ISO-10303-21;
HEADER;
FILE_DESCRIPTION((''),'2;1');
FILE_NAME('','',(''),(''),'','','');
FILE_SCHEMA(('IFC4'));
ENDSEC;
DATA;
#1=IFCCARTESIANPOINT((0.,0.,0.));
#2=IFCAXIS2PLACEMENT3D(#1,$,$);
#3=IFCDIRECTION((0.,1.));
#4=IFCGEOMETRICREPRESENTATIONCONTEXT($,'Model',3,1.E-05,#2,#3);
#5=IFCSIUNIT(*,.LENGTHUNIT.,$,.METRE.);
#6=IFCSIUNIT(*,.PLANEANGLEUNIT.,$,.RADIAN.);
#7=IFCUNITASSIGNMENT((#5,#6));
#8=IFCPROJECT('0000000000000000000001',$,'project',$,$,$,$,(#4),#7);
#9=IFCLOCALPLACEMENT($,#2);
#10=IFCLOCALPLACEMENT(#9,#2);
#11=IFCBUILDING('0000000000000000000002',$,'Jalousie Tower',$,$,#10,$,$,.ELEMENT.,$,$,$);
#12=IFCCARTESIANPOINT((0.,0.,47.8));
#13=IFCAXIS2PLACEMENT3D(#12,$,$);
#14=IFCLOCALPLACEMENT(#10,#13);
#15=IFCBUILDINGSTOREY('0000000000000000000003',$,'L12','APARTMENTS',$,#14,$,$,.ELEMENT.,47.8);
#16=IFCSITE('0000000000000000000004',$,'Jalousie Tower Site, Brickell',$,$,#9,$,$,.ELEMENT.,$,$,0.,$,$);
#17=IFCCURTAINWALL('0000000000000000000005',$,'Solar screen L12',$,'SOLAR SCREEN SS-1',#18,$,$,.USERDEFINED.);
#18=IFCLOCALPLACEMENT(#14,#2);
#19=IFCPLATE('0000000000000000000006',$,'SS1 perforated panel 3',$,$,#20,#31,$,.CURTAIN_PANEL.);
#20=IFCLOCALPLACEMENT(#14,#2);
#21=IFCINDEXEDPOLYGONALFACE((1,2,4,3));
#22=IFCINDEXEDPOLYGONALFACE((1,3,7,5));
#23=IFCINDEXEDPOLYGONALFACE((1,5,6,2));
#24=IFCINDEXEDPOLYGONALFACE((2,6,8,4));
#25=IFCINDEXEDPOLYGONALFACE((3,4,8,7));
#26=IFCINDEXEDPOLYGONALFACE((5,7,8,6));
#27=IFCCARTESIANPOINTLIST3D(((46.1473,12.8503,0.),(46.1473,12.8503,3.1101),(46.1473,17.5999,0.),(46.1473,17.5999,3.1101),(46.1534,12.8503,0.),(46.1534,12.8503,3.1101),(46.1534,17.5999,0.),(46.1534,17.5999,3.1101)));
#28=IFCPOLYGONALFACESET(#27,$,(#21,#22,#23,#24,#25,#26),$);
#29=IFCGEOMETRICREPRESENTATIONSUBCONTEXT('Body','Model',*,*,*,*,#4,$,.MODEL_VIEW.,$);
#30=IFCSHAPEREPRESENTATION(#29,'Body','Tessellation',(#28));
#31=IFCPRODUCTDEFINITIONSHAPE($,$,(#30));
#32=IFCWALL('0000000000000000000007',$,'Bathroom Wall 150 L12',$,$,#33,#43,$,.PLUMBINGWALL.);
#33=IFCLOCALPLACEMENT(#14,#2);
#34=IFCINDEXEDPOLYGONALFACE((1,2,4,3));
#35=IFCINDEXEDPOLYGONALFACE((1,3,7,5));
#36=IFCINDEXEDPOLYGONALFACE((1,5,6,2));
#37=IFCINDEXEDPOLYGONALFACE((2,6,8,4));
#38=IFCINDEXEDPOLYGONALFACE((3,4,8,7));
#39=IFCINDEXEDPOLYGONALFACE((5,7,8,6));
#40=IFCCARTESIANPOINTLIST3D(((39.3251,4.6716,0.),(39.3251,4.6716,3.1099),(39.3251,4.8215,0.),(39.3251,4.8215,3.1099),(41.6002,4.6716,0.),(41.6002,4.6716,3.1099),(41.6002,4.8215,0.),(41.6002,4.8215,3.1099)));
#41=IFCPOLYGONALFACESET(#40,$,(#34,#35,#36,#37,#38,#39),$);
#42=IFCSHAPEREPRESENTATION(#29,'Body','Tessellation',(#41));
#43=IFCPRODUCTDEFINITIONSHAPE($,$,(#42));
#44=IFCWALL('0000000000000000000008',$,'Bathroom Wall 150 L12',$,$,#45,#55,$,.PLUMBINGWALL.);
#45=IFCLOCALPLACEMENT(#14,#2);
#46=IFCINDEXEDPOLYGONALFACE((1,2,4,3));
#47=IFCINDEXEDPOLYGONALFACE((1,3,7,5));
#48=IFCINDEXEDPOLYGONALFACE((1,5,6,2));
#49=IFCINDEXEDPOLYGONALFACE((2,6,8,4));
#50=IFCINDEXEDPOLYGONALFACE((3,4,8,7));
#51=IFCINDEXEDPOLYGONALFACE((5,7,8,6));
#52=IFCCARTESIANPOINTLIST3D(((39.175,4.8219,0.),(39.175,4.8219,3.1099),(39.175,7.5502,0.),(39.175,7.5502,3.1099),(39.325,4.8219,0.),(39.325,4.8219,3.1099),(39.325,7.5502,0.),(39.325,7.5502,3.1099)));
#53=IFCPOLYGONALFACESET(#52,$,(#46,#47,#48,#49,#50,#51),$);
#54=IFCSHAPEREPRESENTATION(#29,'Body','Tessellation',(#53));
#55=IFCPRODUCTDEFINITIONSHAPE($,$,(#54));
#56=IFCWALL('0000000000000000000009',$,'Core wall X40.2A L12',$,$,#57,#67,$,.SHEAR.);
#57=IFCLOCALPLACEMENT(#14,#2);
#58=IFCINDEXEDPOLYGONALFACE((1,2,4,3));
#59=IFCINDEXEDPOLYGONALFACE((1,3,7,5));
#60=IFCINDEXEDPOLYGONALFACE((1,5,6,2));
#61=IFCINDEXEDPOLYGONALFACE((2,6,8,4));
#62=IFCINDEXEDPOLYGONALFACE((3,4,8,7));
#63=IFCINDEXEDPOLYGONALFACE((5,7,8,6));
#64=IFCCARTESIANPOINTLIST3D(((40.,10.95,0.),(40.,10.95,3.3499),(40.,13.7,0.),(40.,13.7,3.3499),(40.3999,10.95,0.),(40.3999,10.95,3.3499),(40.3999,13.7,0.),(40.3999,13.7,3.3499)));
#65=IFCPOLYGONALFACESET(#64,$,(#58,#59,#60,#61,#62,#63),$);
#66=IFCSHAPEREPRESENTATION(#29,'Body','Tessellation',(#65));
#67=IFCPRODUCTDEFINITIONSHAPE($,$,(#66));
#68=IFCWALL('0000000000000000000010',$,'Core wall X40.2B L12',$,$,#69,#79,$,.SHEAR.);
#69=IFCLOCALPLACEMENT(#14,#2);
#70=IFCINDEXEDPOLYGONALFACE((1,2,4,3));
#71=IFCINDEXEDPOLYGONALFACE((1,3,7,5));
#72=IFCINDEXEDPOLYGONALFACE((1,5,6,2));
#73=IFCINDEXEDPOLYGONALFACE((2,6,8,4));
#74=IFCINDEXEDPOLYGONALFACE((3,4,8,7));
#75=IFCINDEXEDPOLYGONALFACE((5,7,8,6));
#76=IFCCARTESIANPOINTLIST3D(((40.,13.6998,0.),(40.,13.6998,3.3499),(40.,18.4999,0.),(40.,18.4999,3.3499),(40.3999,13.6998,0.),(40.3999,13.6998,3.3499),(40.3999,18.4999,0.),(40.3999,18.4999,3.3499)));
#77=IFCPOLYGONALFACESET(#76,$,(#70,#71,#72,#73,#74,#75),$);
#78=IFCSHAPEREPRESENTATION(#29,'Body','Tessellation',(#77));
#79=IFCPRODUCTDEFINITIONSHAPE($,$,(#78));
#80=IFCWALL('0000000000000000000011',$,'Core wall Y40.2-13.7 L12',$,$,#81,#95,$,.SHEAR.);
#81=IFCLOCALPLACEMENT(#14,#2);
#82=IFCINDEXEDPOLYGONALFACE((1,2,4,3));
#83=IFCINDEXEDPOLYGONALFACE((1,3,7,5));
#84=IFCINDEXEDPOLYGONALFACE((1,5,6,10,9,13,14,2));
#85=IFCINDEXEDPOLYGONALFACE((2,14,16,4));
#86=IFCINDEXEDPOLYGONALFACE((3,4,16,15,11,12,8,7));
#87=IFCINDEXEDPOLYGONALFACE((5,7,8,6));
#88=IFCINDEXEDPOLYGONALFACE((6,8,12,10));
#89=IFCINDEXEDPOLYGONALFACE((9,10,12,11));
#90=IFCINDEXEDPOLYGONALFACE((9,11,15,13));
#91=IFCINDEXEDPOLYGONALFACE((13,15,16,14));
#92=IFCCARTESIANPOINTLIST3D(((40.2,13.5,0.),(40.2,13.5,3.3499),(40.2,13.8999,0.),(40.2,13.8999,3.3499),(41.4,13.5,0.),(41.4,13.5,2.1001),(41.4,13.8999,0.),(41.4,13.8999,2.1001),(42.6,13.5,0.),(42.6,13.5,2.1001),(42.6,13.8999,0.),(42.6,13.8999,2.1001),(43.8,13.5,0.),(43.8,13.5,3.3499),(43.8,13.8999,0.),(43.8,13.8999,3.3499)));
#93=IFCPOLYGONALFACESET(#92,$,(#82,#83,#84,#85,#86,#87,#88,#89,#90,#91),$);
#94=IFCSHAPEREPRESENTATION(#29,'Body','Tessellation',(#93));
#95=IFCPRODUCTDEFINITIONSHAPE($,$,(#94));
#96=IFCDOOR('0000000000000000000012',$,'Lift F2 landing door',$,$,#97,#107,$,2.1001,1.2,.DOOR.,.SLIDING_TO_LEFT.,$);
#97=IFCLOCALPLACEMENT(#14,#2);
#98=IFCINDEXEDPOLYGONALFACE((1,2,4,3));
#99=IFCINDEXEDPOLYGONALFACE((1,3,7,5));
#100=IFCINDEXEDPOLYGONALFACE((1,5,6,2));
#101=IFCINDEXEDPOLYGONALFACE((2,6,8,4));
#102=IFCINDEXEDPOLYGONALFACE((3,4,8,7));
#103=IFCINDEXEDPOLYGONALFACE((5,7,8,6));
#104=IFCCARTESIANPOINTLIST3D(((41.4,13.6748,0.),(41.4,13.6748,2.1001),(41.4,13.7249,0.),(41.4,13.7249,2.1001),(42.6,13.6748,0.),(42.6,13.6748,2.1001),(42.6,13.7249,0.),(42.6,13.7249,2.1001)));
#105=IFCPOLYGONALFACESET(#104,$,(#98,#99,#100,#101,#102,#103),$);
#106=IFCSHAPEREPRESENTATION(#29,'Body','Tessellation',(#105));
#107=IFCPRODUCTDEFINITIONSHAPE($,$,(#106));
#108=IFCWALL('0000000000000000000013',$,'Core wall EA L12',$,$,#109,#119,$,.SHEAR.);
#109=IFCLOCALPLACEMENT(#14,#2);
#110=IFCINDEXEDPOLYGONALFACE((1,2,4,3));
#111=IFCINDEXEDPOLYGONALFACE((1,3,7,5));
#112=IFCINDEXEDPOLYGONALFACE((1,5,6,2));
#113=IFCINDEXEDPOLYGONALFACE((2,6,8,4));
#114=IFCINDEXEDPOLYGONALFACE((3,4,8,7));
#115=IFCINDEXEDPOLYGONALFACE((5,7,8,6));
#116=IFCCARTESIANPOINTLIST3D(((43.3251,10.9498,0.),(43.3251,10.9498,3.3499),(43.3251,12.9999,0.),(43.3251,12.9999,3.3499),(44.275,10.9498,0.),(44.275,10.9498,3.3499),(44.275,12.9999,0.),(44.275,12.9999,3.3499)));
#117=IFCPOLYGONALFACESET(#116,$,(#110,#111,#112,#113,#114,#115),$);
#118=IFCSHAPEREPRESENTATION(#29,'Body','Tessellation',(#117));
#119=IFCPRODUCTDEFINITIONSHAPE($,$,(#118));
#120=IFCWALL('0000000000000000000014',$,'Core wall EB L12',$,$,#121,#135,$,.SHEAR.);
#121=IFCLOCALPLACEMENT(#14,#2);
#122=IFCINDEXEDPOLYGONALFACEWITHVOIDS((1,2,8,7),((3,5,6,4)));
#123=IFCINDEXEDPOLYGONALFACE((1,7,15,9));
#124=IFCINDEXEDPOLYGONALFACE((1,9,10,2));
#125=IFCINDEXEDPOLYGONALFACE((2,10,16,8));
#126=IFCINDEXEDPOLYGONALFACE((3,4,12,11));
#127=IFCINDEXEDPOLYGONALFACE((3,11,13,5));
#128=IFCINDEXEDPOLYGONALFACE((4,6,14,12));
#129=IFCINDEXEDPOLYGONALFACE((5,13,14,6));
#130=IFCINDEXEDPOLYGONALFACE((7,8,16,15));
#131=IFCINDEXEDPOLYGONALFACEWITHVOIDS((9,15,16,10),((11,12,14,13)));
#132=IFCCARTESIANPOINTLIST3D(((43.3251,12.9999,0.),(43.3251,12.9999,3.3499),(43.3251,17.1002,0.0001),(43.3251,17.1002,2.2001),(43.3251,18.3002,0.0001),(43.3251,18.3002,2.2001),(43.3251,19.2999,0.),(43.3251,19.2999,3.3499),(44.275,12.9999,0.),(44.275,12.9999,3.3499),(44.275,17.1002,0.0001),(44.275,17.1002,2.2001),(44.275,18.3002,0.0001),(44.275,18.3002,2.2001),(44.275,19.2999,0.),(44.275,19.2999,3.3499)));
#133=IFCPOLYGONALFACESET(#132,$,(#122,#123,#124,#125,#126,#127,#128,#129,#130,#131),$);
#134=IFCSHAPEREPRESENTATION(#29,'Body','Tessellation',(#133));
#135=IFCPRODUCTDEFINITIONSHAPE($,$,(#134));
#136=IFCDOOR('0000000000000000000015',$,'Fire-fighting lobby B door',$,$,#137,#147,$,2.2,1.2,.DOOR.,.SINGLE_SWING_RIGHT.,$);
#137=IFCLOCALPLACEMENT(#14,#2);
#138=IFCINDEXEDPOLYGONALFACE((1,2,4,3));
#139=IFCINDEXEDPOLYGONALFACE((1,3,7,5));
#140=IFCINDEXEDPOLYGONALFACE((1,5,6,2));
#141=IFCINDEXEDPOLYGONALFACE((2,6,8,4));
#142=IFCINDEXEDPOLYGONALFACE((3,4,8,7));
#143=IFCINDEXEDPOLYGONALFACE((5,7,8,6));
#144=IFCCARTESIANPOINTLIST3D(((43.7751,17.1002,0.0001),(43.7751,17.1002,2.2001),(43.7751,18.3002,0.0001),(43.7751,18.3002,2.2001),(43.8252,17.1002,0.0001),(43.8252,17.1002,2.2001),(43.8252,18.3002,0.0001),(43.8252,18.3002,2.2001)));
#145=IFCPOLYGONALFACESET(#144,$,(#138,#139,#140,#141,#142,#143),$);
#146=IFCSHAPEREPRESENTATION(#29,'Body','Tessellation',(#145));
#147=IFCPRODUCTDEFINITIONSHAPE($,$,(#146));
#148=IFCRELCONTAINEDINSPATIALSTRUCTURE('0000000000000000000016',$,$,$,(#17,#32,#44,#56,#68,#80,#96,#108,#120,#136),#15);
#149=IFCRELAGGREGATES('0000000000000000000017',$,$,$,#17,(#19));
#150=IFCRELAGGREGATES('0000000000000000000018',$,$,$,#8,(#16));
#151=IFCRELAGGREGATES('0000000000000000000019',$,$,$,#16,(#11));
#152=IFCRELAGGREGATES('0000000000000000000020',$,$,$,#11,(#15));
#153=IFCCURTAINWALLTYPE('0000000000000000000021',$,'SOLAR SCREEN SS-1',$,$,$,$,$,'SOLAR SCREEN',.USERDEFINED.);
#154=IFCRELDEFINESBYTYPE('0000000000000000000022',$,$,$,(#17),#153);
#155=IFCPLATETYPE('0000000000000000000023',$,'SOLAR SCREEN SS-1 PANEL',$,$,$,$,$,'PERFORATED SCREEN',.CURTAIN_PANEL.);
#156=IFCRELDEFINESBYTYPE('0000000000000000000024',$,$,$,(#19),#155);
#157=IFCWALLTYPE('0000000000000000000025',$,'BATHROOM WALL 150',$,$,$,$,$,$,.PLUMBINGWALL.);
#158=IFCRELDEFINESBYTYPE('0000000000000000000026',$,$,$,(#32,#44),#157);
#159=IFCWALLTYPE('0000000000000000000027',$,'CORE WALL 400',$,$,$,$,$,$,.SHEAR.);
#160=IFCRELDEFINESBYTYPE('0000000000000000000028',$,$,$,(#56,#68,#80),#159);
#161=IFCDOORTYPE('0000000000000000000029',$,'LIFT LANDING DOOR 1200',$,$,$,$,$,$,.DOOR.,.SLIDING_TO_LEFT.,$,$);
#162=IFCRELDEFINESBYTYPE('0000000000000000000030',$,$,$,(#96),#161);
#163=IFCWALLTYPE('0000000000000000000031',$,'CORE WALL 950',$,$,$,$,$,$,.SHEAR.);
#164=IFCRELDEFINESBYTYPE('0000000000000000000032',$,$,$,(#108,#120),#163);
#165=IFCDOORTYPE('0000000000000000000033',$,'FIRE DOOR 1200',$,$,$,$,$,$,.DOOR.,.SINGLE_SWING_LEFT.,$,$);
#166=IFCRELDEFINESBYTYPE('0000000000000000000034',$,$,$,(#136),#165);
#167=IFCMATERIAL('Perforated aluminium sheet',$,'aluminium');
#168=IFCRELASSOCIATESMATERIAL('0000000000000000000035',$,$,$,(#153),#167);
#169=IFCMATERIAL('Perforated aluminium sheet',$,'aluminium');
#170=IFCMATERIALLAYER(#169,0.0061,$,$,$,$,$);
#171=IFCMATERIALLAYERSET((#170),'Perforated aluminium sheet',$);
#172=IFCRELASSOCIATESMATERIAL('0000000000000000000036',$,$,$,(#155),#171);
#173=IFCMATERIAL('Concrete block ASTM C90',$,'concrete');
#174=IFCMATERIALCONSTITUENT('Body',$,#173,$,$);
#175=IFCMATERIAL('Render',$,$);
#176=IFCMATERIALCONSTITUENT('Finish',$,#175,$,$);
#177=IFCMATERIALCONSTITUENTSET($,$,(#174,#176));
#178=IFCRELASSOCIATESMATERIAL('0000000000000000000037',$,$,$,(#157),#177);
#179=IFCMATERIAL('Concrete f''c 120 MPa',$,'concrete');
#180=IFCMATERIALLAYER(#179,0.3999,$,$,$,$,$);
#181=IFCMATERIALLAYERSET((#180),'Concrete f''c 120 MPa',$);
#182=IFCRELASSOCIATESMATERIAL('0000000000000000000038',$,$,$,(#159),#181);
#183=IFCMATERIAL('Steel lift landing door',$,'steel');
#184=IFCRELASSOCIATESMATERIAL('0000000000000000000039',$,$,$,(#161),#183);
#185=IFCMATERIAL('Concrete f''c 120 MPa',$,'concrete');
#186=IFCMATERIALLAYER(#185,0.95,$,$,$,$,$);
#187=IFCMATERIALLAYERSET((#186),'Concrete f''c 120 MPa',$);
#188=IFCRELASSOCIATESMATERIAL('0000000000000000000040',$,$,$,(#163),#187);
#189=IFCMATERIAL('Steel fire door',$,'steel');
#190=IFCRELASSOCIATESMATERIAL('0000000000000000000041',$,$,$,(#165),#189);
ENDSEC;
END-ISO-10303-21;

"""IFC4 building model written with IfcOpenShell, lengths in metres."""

from ifc_helpers import new_model, si_unit, direction, frame, frame_2d, origin, origin_2d, place, context, subcontext, project, spatial, rectangle, extrude, material, layer, layer_set, constituent, constituent_set, type_object, element, fill, aggregate, save


model = new_model("IFC4")

# Units and contexts
model_context = context("Model", 3, precision=1e-05, world=origin(), true_north=direction((0.0, 1.0)))
body_context = subcontext(model_context, "Body", "Model", "MODEL_VIEW")
ifc_project = project(units=[si_unit("LENGTHUNIT", "METRE"), si_unit("PLANEANGLEUNIT", "RADIAN")], contexts=[model_context])

# Site, building, storey
site_placement = place(None, origin())
site = spatial("IfcSite", under=ifc_project, at=site_placement, Name="Jalousie Tower Site, Brickell", CompositionType="ELEMENT", RefElevation=0.0)
building_placement = place(site_placement, origin())
building = spatial("IfcBuilding", under=site, at=building_placement, Name="Jalousie Tower", CompositionType="ELEMENT")
storey_placement = place(building_placement, frame((0.0, 0.0, 47.8)))
storey = spatial("IfcBuildingStorey", under=building, at=storey_placement, Name="L12", Description="APARTMENTS", CompositionType="ELEMENT", Elevation=47.8)

# Curtain wall, plate
ifc_material_1 = material(Name="Perforated aluminium sheet", Category="aluminium")
curtain_wall_type = type_object("IfcCurtainWallType", Name="SOLAR SCREEN SS-1", ElementType="SOLAR SCREEN", PredefinedType="USERDEFINED", material=ifc_material_1)
curtain_wall_placement = place(storey_placement, origin())
curtain_wall = element("IfcCurtainWall", 1, at=curtain_wall_placement, inside=storey, type_object=curtain_wall_type, Name="Solar screen L12", ObjectType="SOLAR SCREEN SS-1", PredefinedType="USERDEFINED")
ifc_material_2 = material(Name="Perforated aluminium sheet", Category="aluminium")
ifc_layer_1 = layer(ifc_material_2, 0.0061)
ifc_layer_set_1 = layer_set([ifc_layer_1], Name="Perforated aluminium sheet")
plate_type = type_object("IfcPlateType", Name="SOLAR SCREEN SS-1 PANEL", ElementType="PERFORATED SCREEN", PredefinedType="CURTAIN_PANEL", material=ifc_layer_set_1)
plate_1_placement = place(storey_placement, frame((46.1504, 15.2251, 0.0), z_axis=(0.0, 0.0, 1.0), x_axis=(0.0, 1.0, 0.0)))
plate_1 = element("IfcPlate", 2, at=plate_1_placement, type_object=plate_type, Name="SS1 perforated panel 3", PredefinedType="CURTAIN_PANEL", context=body_context, shape_type="SweptSolid", body=[
    extrude(rectangle(XDim=4.7495, YDim=0.0061, at=origin_2d()), origin(), (0.0, 0.0, 1.0), 3.1101),
])
aggregate(curtain_wall, [plate_1])

# Walls
ifc_material_3 = material(Name="Concrete block ASTM C90", Category="concrete")
ifc_constituent_1 = constituent(ifc_material_3, Name="Body")
ifc_material_4 = material(Name="Render")
ifc_constituent_2 = constituent(ifc_material_4, Name="Finish")
ifc_constituent_set_1 = constituent_set(constituents=[ifc_constituent_1, ifc_constituent_2])
wall_type_1 = type_object("IfcWallType", Name="BATHROOM WALL 150", PredefinedType="PLUMBINGWALL", material=ifc_constituent_set_1)
wall_1_placement = place(storey_placement, frame((39.325, 4.7466, 0.0), z_axis=(0.0, 0.0, 1.0), x_axis=(1.0, 0.0, 0.0)))
element("IfcWall", 3, at=wall_1_placement, inside=storey, type_object=wall_type_1, Name="Bathroom Wall 150 L12", PredefinedType="PLUMBINGWALL", context=body_context, shape_type="SweptSolid", body=[
    extrude(rectangle(XDim=2.2751, YDim=0.1499, at=frame_2d((1.1377, 0.0))), origin(), (0.0, 0.0, 1.0), 3.1099),
])
wall_2_placement = place(storey_placement, frame((39.25, 4.8218, 0.0), z_axis=(0.0, 0.0, 1.0), x_axis=(0.0, 1.0, 0.0)))
element("IfcWall", 4, at=wall_2_placement, inside=storey, type_object=wall_type_1, Name="Bathroom Wall 150 L12", PredefinedType="PLUMBINGWALL", context=body_context, shape_type="SweptSolid", body=[
    extrude(rectangle(XDim=2.7283, YDim=0.1499, at=frame_2d((1.3643, 0.0))), origin(), (0.0, 0.0, 1.0), 3.1099),
])
ifc_material_5 = material(Name="Concrete f'c 120 MPa", Category="concrete")
ifc_layer_2 = layer(ifc_material_5, 0.3999)
ifc_layer_set_2 = layer_set([ifc_layer_2], Name="Concrete f'c 120 MPa")
wall_type_2 = type_object("IfcWallType", Name="CORE WALL 400", PredefinedType="SHEAR", material=ifc_layer_set_2)
wall_3_placement = place(storey_placement, frame((40.2, 10.95, 0.0), z_axis=(0.0, 0.0, 1.0), x_axis=(0.0, 1.0, 0.0)))
element("IfcWall", 5, at=wall_3_placement, inside=storey, type_object=wall_type_2, Name="Core wall X40.2A L12", PredefinedType="SHEAR", context=body_context, shape_type="SweptSolid", body=[
    extrude(rectangle(XDim=2.75, YDim=0.3999, at=frame_2d((1.375, 0.0))), origin(), (0.0, 0.0, 1.0), 3.3499),
])
wall_4_placement = place(storey_placement, frame((40.2, 13.7, 0.0), z_axis=(0.0, 0.0, 1.0), x_axis=(0.0, 1.0, 0.0)))
element("IfcWall", 6, at=wall_4_placement, inside=storey, type_object=wall_type_2, Name="Core wall X40.2B L12", PredefinedType="SHEAR", context=body_context, shape_type="SweptSolid", body=[
    extrude(rectangle(XDim=4.8, YDim=0.3999, at=frame_2d((2.3999, 0.0))), origin(), (0.0, 0.0, 1.0), 3.3499),
])

# Wall, opening, door
wall_5_placement = place(storey_placement, frame((40.2, 13.7, 0.0), z_axis=(0.0, 0.0, 1.0), x_axis=(1.0, 0.0, 0.0)))
wall_5 = element("IfcWall", 7, at=wall_5_placement, inside=storey, type_object=wall_type_2, Name="Core wall Y40.2-13.7 L12", PredefinedType="SHEAR", context=body_context, shape_type="SweptSolid", body=[
    extrude(rectangle(XDim=3.6001, YDim=0.3999, at=frame_2d((1.8, 0.0))), origin(), (0.0, 0.0, 1.0), 3.3499),
])
opening_1_placement = place(wall_5_placement, frame((1.2, 0.0, 0.0)))
opening_1 = element("IfcOpeningElement", 8, at=opening_1_placement, cuts=wall_5, PredefinedType="OPENING", context=body_context, shape_type="SweptSolid", body=[
    extrude(rectangle(XDim=1.2, YDim=2.1001, at=frame_2d((0.6001, 1.05))), frame((0.0, 0.21, 0.0), z_axis=(0.0, -1.0, 0.0), x_axis=(1.0, 0.0, 0.0)), (0.0, 0.0, 1.0), 0.4199),
])
ifc_material_6 = material(Name="Steel lift landing door", Category="steel")
door_type_1 = type_object("IfcDoorType", Name="LIFT LANDING DOOR 1200", OperationType="SLIDING_TO_LEFT", PredefinedType="DOOR", material=ifc_material_6)
door_1_placement = place(opening_1_placement, origin())
door_1 = element("IfcDoor", 9, at=door_1_placement, inside=storey, type_object=door_type_1, Name="Lift F2 landing door", OperationType="SLIDING_TO_LEFT", OverallHeight=2.1001, OverallWidth=1.2, PredefinedType="DOOR", context=body_context, shape_type="SweptSolid", body=[
    extrude(rectangle(XDim=1.2, YDim=2.1001, at=frame_2d((0.6001, 1.05))), frame((0.0, 0.0249, 0.0), z_axis=(0.0, -1.0, 0.0), x_axis=(1.0, 0.0, 0.0)), (0.0, 0.0, 1.0), 0.05),
])
fill(opening_1, door_1)

# Wall
ifc_material_7 = material(Name="Concrete f'c 120 MPa", Category="concrete")
ifc_layer_3 = layer(ifc_material_7, 0.95)
ifc_layer_set_3 = layer_set([ifc_layer_3], Name="Concrete f'c 120 MPa")
wall_type_3 = type_object("IfcWallType", Name="CORE WALL 950", PredefinedType="SHEAR", material=ifc_layer_set_3)
wall_6_placement = place(storey_placement, frame((43.8, 10.95, 0.0), z_axis=(0.0, 0.0, 1.0), x_axis=(0.0, 1.0, 0.0)))
element("IfcWall", 10, at=wall_6_placement, inside=storey, type_object=wall_type_3, Name="Core wall EA L12", PredefinedType="SHEAR", context=body_context, shape_type="SweptSolid", body=[
    extrude(rectangle(XDim=2.05, YDim=0.95, at=frame_2d((1.0249, 0.0))), origin(), (0.0, 0.0, 1.0), 3.3499),
])

# Wall, opening, door
wall_7_placement = place(storey_placement, frame((43.8, 13.0, 0.0), z_axis=(0.0, 0.0, 1.0), x_axis=(0.0, 1.0, 0.0)))
wall_7 = element("IfcWall", 11, at=wall_7_placement, inside=storey, type_object=wall_type_3, Name="Core wall EB L12", PredefinedType="SHEAR", context=body_context, shape_type="SweptSolid", body=[
    extrude(rectangle(XDim=6.3, YDim=0.95, at=frame_2d((3.1499, 0.0))), origin(), (0.0, 0.0, 1.0), 3.3499),
])
opening_2_placement = place(wall_7_placement, frame((4.1001, 0.0, 0.0)))
opening_2 = element("IfcOpeningElement", 12, at=opening_2_placement, cuts=wall_7, PredefinedType="OPENING", context=body_context, shape_type="SweptSolid", body=[
    extrude(rectangle(XDim=1.2, YDim=2.2, at=frame_2d((0.6001, 1.1001))), frame((0.0, 0.4849, 0.0), z_axis=(0.0, -1.0, 0.0), x_axis=(1.0, 0.0, 0.0)), (0.0, 0.0, 1.0), 0.97),
])
ifc_material_8 = material(Name="Steel fire door", Category="steel")
door_type_2 = type_object("IfcDoorType", Name="FIRE DOOR 1200", OperationType="SINGLE_SWING_LEFT", PredefinedType="DOOR", material=ifc_material_8)
door_2_placement = place(opening_2_placement, origin())
door_2 = element("IfcDoor", 13, at=door_2_placement, inside=storey, type_object=door_type_2, Name="Fire-fighting lobby B door", OperationType="SINGLE_SWING_RIGHT", OverallHeight=2.2, OverallWidth=1.2, PredefinedType="DOOR", context=body_context, shape_type="SweptSolid", body=[
    extrude(rectangle(XDim=1.2, YDim=2.2, at=frame_2d((0.6001, 1.1001))), frame((0.0, 0.0249, 0.0), z_axis=(0.0, -1.0, 0.0), x_axis=(1.0, 0.0, 0.0)), (0.0, 0.0, 1.0), 0.05),
])
fill(opening_2, door_2)

save(model, "model.ifc")
